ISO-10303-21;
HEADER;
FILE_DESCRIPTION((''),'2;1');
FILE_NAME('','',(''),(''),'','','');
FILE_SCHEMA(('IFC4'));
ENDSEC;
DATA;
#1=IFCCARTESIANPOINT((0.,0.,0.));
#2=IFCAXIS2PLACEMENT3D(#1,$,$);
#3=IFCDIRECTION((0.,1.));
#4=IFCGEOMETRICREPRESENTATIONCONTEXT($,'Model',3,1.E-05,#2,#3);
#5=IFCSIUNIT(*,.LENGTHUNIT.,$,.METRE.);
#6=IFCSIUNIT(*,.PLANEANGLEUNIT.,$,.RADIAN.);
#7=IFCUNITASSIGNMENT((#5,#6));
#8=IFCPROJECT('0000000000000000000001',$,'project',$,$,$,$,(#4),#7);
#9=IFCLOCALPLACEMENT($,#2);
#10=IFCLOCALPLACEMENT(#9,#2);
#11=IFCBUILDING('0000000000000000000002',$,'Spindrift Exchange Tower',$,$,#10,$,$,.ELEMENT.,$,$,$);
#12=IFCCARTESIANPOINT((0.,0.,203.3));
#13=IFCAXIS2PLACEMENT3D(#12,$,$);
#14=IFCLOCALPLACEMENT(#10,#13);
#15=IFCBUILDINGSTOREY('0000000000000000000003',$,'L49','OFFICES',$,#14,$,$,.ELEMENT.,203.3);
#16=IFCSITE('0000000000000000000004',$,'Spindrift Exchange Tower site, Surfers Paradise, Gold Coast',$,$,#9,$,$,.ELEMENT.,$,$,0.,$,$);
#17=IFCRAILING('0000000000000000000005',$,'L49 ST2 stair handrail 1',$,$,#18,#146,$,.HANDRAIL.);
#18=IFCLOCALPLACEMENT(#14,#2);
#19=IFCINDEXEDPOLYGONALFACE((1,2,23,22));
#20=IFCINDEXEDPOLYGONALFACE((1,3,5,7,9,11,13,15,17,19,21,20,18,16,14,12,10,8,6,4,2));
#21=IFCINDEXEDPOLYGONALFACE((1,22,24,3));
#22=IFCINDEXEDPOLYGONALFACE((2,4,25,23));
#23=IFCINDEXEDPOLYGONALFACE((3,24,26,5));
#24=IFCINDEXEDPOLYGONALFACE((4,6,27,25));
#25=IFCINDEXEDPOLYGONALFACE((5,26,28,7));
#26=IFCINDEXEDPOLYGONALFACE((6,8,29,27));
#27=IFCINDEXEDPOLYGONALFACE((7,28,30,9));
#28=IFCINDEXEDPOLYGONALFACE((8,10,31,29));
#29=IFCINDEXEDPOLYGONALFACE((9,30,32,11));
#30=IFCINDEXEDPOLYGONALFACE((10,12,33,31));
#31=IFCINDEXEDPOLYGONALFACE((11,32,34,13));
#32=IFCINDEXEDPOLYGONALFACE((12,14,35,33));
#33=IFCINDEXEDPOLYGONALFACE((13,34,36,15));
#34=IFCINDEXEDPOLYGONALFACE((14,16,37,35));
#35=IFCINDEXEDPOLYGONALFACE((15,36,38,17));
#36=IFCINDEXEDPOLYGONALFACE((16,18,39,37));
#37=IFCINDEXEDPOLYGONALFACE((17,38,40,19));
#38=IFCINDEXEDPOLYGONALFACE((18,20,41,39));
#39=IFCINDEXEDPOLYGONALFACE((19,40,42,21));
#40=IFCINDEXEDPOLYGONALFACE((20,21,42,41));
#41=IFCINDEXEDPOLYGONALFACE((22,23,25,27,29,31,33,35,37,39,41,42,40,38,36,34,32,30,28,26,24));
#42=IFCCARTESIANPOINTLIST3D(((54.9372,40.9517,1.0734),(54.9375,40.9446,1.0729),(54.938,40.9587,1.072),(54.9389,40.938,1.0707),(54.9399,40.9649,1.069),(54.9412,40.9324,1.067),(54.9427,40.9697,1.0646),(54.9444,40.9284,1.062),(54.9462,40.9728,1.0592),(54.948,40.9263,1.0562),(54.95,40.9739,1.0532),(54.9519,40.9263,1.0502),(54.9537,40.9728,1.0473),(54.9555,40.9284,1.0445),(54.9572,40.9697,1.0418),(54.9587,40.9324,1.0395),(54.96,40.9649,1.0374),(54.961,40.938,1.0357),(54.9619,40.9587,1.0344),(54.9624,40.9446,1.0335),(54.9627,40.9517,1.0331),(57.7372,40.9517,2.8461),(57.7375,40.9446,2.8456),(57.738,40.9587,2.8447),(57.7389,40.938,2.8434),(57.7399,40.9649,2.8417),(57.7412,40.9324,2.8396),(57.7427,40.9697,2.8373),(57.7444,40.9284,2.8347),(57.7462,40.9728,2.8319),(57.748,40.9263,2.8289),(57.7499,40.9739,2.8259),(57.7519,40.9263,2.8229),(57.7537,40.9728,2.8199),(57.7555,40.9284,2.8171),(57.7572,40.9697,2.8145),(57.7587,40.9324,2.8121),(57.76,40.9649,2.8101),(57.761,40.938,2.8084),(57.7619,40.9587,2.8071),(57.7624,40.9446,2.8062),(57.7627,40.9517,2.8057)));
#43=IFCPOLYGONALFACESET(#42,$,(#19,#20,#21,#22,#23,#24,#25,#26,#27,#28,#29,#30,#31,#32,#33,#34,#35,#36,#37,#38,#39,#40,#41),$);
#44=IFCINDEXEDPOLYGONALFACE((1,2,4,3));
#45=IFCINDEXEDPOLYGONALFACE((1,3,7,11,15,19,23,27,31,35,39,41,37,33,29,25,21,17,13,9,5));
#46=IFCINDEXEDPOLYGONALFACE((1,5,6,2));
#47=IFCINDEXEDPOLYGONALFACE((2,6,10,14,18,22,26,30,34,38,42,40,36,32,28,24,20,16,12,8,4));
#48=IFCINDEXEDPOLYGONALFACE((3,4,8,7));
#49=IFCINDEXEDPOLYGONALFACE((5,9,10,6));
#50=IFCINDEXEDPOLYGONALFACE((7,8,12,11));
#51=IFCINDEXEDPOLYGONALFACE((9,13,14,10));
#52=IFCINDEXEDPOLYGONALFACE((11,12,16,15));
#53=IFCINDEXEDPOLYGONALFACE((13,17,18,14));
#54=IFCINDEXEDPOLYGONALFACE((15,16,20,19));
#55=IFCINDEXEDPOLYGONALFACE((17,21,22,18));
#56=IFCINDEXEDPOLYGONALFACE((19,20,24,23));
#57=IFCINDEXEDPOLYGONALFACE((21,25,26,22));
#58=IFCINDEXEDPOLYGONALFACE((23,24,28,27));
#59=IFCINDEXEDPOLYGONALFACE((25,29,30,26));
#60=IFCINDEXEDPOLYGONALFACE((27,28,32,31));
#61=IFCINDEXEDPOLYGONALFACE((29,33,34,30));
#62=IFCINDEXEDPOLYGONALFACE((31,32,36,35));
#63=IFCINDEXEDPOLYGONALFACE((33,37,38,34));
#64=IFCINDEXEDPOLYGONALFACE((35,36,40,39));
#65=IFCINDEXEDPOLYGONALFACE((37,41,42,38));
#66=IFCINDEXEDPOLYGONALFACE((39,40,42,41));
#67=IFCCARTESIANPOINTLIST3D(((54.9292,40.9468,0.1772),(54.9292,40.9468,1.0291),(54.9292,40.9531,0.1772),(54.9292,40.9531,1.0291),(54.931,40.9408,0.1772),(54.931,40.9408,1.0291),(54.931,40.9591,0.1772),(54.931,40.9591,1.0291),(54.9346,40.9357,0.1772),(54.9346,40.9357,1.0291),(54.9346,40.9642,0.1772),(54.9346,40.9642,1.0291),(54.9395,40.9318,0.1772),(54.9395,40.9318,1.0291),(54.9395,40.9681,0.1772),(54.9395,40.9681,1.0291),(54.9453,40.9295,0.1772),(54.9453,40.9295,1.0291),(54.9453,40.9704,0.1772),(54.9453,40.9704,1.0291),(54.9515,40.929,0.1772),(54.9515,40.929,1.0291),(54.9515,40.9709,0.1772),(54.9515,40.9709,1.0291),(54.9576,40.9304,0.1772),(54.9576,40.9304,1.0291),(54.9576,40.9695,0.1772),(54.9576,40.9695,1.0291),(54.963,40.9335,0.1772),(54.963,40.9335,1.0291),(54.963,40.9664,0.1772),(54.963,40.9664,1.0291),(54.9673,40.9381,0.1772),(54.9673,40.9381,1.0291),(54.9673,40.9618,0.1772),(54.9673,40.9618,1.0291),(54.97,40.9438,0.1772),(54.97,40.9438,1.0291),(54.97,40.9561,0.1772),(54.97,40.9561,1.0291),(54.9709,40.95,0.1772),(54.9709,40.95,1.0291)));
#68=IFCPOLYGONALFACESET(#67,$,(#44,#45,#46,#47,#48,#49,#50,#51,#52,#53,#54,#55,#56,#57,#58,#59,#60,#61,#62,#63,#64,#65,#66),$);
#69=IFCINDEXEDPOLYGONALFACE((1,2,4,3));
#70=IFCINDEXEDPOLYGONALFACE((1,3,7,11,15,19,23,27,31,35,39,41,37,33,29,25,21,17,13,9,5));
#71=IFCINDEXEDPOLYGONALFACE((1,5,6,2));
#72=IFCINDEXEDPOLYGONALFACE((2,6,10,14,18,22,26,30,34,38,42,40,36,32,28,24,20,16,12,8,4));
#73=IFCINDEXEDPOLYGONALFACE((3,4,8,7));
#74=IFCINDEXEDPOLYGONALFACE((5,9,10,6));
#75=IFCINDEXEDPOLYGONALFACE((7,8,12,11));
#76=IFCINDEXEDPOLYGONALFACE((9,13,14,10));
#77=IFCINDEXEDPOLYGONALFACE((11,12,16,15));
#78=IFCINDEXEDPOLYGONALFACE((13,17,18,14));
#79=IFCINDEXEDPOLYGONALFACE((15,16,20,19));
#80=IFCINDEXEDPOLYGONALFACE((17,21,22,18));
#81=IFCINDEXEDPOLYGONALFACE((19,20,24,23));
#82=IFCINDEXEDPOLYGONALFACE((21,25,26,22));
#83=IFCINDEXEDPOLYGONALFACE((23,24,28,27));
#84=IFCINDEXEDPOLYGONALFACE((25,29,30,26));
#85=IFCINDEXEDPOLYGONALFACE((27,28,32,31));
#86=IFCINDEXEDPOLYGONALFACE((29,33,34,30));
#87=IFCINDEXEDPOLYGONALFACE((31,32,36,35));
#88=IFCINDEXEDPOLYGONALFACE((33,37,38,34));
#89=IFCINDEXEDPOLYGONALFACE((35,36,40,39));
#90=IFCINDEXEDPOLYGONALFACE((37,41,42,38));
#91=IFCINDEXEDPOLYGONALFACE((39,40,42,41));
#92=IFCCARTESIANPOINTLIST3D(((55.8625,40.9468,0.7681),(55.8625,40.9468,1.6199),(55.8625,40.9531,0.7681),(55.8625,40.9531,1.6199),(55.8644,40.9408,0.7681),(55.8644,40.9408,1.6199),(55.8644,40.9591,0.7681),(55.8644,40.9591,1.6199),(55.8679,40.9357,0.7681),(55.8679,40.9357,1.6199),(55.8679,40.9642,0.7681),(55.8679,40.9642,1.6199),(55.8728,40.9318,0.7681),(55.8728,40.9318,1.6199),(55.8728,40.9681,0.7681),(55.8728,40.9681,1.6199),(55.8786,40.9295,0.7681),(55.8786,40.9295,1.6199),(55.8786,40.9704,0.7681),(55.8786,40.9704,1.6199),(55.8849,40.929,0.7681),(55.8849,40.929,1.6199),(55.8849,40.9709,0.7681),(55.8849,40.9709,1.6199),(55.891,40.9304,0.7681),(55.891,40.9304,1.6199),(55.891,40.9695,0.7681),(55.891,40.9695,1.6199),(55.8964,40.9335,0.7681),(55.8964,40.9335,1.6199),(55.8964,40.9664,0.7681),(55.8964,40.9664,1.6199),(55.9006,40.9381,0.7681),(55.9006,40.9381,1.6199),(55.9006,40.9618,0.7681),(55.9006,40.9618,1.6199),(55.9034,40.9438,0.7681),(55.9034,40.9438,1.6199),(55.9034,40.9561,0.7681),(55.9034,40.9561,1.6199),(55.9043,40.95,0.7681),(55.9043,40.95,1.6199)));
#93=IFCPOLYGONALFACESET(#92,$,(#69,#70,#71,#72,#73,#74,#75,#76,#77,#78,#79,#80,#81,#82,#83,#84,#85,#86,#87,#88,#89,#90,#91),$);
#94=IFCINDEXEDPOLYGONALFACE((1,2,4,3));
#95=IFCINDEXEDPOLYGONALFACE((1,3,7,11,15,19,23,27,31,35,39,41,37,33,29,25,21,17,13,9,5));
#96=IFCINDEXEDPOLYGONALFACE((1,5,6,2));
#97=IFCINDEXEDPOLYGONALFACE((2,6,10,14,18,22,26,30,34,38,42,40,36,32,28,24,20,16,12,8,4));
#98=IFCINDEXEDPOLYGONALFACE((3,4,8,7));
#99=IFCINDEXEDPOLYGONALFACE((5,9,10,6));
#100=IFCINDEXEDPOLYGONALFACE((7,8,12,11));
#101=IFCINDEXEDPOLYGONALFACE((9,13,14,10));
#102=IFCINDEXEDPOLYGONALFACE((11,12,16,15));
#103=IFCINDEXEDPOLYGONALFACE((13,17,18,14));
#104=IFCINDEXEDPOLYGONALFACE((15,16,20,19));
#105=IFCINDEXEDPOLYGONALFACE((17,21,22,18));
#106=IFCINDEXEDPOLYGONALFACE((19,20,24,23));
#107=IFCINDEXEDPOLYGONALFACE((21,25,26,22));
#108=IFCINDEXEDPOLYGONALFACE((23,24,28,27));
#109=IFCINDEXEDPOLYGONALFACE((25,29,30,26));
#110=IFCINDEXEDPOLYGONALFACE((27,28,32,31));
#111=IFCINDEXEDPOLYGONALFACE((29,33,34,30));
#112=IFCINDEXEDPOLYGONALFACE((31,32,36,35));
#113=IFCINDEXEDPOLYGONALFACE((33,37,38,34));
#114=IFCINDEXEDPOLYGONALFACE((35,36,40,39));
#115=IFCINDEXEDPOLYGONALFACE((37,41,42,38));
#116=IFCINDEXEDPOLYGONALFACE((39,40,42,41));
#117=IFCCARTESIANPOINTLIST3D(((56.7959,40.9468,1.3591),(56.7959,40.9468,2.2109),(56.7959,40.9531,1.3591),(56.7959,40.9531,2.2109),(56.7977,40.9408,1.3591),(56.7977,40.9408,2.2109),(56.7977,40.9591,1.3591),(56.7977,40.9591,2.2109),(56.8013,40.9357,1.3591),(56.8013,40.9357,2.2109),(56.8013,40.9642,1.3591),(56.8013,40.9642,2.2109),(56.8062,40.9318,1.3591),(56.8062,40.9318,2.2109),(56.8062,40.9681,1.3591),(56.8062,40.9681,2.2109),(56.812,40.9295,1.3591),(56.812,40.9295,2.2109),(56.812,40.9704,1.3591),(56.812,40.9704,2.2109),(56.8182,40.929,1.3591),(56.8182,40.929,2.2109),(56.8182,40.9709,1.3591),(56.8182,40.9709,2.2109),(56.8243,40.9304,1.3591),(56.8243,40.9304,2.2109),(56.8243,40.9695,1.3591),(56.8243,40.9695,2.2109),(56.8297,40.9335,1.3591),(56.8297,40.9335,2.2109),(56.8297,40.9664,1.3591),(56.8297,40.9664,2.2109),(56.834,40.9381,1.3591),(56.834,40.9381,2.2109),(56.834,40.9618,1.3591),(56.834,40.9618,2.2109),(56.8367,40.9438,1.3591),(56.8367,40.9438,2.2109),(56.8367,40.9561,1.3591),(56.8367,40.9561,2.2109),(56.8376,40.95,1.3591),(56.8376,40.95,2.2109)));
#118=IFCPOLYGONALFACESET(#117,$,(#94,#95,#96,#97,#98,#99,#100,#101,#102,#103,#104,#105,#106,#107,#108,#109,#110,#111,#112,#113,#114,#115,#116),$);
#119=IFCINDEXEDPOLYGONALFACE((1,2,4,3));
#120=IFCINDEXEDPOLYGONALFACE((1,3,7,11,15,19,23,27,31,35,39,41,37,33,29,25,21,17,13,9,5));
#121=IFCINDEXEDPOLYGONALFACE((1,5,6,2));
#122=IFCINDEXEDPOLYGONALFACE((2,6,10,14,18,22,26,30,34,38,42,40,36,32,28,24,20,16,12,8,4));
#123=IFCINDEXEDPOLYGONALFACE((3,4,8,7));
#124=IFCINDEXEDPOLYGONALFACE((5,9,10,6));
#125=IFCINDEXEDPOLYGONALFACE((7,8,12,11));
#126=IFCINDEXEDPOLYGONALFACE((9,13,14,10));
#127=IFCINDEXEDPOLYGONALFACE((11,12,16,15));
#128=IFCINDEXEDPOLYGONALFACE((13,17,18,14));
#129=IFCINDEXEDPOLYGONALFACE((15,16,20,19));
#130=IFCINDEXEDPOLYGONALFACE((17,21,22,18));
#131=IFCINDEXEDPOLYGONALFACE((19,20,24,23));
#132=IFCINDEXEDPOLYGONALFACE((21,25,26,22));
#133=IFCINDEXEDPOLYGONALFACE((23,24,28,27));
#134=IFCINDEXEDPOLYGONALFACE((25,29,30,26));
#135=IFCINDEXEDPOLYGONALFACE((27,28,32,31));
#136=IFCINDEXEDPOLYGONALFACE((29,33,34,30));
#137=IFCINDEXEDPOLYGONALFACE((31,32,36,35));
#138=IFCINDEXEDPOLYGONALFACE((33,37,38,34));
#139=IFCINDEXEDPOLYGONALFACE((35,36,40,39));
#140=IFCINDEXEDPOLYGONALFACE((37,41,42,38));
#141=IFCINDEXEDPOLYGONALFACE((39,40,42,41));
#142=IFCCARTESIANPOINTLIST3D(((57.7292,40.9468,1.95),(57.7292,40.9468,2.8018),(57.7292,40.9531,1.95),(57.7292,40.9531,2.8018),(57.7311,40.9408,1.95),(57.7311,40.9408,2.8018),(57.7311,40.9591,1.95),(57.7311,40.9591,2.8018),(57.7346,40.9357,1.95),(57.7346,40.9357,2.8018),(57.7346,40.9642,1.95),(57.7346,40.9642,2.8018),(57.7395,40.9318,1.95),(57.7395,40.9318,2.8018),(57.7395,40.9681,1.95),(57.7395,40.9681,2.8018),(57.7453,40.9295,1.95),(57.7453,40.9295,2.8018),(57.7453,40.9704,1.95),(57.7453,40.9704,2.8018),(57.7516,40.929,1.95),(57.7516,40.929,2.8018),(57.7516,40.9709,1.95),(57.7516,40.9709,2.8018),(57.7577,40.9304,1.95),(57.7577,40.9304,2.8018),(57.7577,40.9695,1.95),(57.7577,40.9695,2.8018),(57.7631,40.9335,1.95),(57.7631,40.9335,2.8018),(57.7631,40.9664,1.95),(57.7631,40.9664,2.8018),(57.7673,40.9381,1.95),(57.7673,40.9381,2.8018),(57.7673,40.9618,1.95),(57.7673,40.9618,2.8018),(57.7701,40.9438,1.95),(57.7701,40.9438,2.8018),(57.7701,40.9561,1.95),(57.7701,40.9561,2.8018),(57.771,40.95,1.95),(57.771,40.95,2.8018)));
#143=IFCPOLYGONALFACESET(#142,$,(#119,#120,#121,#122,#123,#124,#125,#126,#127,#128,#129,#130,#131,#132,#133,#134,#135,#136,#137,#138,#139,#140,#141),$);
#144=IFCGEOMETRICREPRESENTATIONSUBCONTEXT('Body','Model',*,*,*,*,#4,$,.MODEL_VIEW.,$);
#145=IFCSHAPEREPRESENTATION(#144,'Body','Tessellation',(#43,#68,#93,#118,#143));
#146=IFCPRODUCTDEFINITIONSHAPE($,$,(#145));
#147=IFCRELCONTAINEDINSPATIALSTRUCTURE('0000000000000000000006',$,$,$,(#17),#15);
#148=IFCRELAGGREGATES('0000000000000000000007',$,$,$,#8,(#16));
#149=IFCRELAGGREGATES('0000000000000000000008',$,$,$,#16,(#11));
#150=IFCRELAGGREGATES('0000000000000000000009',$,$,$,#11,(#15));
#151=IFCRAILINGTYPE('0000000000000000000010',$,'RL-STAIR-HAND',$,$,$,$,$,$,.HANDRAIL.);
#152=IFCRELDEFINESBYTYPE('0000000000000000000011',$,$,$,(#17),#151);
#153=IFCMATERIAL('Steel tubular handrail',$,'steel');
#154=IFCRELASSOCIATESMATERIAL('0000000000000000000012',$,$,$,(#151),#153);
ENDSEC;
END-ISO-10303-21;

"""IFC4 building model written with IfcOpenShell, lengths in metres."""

from ifc_helpers import new_model, si_unit, direction, frame, origin, origin_2d, place, context, subcontext, project, spatial, circle, extrude, material, type_object, element, save


model = new_model("IFC4")

# Units and contexts
model_context = context("Model", 3, precision=1e-05, world=origin(), true_north=direction((0.0, 1.0)))
body_context = subcontext(model_context, "Body", "Model", "MODEL_VIEW")
ifc_project = project(units=[si_unit("LENGTHUNIT", "METRE"), si_unit("PLANEANGLEUNIT", "RADIAN")], contexts=[model_context])

# Site, building, storey
site_placement = place(None, origin())
site = spatial("IfcSite", under=ifc_project, at=site_placement, Name="Spindrift Exchange Tower site, Surfers Paradise, Gold Coast", CompositionType="ELEMENT", RefElevation=0.0)
building_placement = place(site_placement, origin())
building = spatial("IfcBuilding", under=site, at=building_placement, Name="Spindrift Exchange Tower", CompositionType="ELEMENT")
storey_placement = place(building_placement, frame((0.0, 0.0, 203.3)))
storey = spatial("IfcBuildingStorey", under=building, at=storey_placement, Name="L49", Description="OFFICES", CompositionType="ELEMENT", Elevation=203.3)

# Railing
ifc_material_1 = material(Name="Steel tubular handrail", Category="steel")
railing_type_1 = type_object("IfcRailingType", Name="RL-STAIR-HAND", PredefinedType="HANDRAIL", material=ifc_material_1)
railing_1_placement = place(storey_placement, frame((54.95, 40.95, 0.1772)))
element("IfcRailing", 1, at=railing_1_placement, inside=storey, type_object=railing_type_1, Name="L49 ST2 stair handrail 1", PredefinedType="HANDRAIL", context=body_context, shape_type="SweptSolid", body=[
    extrude(circle(Radius=0.0239, at=origin_2d()), frame((0.0, 0.0, 0.876), z_axis=(0.844909, 0.0, 0.53491), x_axis=(0.0, 1.0, 0.0)), (0.0, 0.0, 1.0), 3.314),
    extrude(circle(Radius=0.021, at=origin_2d()), origin(), (0.0, 0.0, 1.0), 0.8518),
    extrude(circle(Radius=0.021, at=origin_2d()), frame((0.9333, 0.0, 0.5908)), (0.0, 0.0, 1.0), 0.8518),
    extrude(circle(Radius=0.021, at=origin_2d()), frame((1.8667, 0.0, 1.1819)), (0.0, 0.0, 1.0), 0.8518),
    extrude(circle(Radius=0.021, at=origin_2d()), frame((2.8, 0.0, 1.7727)), (0.0, 0.0, 1.0), 0.8518),
])

save(model, "model.ifc")
